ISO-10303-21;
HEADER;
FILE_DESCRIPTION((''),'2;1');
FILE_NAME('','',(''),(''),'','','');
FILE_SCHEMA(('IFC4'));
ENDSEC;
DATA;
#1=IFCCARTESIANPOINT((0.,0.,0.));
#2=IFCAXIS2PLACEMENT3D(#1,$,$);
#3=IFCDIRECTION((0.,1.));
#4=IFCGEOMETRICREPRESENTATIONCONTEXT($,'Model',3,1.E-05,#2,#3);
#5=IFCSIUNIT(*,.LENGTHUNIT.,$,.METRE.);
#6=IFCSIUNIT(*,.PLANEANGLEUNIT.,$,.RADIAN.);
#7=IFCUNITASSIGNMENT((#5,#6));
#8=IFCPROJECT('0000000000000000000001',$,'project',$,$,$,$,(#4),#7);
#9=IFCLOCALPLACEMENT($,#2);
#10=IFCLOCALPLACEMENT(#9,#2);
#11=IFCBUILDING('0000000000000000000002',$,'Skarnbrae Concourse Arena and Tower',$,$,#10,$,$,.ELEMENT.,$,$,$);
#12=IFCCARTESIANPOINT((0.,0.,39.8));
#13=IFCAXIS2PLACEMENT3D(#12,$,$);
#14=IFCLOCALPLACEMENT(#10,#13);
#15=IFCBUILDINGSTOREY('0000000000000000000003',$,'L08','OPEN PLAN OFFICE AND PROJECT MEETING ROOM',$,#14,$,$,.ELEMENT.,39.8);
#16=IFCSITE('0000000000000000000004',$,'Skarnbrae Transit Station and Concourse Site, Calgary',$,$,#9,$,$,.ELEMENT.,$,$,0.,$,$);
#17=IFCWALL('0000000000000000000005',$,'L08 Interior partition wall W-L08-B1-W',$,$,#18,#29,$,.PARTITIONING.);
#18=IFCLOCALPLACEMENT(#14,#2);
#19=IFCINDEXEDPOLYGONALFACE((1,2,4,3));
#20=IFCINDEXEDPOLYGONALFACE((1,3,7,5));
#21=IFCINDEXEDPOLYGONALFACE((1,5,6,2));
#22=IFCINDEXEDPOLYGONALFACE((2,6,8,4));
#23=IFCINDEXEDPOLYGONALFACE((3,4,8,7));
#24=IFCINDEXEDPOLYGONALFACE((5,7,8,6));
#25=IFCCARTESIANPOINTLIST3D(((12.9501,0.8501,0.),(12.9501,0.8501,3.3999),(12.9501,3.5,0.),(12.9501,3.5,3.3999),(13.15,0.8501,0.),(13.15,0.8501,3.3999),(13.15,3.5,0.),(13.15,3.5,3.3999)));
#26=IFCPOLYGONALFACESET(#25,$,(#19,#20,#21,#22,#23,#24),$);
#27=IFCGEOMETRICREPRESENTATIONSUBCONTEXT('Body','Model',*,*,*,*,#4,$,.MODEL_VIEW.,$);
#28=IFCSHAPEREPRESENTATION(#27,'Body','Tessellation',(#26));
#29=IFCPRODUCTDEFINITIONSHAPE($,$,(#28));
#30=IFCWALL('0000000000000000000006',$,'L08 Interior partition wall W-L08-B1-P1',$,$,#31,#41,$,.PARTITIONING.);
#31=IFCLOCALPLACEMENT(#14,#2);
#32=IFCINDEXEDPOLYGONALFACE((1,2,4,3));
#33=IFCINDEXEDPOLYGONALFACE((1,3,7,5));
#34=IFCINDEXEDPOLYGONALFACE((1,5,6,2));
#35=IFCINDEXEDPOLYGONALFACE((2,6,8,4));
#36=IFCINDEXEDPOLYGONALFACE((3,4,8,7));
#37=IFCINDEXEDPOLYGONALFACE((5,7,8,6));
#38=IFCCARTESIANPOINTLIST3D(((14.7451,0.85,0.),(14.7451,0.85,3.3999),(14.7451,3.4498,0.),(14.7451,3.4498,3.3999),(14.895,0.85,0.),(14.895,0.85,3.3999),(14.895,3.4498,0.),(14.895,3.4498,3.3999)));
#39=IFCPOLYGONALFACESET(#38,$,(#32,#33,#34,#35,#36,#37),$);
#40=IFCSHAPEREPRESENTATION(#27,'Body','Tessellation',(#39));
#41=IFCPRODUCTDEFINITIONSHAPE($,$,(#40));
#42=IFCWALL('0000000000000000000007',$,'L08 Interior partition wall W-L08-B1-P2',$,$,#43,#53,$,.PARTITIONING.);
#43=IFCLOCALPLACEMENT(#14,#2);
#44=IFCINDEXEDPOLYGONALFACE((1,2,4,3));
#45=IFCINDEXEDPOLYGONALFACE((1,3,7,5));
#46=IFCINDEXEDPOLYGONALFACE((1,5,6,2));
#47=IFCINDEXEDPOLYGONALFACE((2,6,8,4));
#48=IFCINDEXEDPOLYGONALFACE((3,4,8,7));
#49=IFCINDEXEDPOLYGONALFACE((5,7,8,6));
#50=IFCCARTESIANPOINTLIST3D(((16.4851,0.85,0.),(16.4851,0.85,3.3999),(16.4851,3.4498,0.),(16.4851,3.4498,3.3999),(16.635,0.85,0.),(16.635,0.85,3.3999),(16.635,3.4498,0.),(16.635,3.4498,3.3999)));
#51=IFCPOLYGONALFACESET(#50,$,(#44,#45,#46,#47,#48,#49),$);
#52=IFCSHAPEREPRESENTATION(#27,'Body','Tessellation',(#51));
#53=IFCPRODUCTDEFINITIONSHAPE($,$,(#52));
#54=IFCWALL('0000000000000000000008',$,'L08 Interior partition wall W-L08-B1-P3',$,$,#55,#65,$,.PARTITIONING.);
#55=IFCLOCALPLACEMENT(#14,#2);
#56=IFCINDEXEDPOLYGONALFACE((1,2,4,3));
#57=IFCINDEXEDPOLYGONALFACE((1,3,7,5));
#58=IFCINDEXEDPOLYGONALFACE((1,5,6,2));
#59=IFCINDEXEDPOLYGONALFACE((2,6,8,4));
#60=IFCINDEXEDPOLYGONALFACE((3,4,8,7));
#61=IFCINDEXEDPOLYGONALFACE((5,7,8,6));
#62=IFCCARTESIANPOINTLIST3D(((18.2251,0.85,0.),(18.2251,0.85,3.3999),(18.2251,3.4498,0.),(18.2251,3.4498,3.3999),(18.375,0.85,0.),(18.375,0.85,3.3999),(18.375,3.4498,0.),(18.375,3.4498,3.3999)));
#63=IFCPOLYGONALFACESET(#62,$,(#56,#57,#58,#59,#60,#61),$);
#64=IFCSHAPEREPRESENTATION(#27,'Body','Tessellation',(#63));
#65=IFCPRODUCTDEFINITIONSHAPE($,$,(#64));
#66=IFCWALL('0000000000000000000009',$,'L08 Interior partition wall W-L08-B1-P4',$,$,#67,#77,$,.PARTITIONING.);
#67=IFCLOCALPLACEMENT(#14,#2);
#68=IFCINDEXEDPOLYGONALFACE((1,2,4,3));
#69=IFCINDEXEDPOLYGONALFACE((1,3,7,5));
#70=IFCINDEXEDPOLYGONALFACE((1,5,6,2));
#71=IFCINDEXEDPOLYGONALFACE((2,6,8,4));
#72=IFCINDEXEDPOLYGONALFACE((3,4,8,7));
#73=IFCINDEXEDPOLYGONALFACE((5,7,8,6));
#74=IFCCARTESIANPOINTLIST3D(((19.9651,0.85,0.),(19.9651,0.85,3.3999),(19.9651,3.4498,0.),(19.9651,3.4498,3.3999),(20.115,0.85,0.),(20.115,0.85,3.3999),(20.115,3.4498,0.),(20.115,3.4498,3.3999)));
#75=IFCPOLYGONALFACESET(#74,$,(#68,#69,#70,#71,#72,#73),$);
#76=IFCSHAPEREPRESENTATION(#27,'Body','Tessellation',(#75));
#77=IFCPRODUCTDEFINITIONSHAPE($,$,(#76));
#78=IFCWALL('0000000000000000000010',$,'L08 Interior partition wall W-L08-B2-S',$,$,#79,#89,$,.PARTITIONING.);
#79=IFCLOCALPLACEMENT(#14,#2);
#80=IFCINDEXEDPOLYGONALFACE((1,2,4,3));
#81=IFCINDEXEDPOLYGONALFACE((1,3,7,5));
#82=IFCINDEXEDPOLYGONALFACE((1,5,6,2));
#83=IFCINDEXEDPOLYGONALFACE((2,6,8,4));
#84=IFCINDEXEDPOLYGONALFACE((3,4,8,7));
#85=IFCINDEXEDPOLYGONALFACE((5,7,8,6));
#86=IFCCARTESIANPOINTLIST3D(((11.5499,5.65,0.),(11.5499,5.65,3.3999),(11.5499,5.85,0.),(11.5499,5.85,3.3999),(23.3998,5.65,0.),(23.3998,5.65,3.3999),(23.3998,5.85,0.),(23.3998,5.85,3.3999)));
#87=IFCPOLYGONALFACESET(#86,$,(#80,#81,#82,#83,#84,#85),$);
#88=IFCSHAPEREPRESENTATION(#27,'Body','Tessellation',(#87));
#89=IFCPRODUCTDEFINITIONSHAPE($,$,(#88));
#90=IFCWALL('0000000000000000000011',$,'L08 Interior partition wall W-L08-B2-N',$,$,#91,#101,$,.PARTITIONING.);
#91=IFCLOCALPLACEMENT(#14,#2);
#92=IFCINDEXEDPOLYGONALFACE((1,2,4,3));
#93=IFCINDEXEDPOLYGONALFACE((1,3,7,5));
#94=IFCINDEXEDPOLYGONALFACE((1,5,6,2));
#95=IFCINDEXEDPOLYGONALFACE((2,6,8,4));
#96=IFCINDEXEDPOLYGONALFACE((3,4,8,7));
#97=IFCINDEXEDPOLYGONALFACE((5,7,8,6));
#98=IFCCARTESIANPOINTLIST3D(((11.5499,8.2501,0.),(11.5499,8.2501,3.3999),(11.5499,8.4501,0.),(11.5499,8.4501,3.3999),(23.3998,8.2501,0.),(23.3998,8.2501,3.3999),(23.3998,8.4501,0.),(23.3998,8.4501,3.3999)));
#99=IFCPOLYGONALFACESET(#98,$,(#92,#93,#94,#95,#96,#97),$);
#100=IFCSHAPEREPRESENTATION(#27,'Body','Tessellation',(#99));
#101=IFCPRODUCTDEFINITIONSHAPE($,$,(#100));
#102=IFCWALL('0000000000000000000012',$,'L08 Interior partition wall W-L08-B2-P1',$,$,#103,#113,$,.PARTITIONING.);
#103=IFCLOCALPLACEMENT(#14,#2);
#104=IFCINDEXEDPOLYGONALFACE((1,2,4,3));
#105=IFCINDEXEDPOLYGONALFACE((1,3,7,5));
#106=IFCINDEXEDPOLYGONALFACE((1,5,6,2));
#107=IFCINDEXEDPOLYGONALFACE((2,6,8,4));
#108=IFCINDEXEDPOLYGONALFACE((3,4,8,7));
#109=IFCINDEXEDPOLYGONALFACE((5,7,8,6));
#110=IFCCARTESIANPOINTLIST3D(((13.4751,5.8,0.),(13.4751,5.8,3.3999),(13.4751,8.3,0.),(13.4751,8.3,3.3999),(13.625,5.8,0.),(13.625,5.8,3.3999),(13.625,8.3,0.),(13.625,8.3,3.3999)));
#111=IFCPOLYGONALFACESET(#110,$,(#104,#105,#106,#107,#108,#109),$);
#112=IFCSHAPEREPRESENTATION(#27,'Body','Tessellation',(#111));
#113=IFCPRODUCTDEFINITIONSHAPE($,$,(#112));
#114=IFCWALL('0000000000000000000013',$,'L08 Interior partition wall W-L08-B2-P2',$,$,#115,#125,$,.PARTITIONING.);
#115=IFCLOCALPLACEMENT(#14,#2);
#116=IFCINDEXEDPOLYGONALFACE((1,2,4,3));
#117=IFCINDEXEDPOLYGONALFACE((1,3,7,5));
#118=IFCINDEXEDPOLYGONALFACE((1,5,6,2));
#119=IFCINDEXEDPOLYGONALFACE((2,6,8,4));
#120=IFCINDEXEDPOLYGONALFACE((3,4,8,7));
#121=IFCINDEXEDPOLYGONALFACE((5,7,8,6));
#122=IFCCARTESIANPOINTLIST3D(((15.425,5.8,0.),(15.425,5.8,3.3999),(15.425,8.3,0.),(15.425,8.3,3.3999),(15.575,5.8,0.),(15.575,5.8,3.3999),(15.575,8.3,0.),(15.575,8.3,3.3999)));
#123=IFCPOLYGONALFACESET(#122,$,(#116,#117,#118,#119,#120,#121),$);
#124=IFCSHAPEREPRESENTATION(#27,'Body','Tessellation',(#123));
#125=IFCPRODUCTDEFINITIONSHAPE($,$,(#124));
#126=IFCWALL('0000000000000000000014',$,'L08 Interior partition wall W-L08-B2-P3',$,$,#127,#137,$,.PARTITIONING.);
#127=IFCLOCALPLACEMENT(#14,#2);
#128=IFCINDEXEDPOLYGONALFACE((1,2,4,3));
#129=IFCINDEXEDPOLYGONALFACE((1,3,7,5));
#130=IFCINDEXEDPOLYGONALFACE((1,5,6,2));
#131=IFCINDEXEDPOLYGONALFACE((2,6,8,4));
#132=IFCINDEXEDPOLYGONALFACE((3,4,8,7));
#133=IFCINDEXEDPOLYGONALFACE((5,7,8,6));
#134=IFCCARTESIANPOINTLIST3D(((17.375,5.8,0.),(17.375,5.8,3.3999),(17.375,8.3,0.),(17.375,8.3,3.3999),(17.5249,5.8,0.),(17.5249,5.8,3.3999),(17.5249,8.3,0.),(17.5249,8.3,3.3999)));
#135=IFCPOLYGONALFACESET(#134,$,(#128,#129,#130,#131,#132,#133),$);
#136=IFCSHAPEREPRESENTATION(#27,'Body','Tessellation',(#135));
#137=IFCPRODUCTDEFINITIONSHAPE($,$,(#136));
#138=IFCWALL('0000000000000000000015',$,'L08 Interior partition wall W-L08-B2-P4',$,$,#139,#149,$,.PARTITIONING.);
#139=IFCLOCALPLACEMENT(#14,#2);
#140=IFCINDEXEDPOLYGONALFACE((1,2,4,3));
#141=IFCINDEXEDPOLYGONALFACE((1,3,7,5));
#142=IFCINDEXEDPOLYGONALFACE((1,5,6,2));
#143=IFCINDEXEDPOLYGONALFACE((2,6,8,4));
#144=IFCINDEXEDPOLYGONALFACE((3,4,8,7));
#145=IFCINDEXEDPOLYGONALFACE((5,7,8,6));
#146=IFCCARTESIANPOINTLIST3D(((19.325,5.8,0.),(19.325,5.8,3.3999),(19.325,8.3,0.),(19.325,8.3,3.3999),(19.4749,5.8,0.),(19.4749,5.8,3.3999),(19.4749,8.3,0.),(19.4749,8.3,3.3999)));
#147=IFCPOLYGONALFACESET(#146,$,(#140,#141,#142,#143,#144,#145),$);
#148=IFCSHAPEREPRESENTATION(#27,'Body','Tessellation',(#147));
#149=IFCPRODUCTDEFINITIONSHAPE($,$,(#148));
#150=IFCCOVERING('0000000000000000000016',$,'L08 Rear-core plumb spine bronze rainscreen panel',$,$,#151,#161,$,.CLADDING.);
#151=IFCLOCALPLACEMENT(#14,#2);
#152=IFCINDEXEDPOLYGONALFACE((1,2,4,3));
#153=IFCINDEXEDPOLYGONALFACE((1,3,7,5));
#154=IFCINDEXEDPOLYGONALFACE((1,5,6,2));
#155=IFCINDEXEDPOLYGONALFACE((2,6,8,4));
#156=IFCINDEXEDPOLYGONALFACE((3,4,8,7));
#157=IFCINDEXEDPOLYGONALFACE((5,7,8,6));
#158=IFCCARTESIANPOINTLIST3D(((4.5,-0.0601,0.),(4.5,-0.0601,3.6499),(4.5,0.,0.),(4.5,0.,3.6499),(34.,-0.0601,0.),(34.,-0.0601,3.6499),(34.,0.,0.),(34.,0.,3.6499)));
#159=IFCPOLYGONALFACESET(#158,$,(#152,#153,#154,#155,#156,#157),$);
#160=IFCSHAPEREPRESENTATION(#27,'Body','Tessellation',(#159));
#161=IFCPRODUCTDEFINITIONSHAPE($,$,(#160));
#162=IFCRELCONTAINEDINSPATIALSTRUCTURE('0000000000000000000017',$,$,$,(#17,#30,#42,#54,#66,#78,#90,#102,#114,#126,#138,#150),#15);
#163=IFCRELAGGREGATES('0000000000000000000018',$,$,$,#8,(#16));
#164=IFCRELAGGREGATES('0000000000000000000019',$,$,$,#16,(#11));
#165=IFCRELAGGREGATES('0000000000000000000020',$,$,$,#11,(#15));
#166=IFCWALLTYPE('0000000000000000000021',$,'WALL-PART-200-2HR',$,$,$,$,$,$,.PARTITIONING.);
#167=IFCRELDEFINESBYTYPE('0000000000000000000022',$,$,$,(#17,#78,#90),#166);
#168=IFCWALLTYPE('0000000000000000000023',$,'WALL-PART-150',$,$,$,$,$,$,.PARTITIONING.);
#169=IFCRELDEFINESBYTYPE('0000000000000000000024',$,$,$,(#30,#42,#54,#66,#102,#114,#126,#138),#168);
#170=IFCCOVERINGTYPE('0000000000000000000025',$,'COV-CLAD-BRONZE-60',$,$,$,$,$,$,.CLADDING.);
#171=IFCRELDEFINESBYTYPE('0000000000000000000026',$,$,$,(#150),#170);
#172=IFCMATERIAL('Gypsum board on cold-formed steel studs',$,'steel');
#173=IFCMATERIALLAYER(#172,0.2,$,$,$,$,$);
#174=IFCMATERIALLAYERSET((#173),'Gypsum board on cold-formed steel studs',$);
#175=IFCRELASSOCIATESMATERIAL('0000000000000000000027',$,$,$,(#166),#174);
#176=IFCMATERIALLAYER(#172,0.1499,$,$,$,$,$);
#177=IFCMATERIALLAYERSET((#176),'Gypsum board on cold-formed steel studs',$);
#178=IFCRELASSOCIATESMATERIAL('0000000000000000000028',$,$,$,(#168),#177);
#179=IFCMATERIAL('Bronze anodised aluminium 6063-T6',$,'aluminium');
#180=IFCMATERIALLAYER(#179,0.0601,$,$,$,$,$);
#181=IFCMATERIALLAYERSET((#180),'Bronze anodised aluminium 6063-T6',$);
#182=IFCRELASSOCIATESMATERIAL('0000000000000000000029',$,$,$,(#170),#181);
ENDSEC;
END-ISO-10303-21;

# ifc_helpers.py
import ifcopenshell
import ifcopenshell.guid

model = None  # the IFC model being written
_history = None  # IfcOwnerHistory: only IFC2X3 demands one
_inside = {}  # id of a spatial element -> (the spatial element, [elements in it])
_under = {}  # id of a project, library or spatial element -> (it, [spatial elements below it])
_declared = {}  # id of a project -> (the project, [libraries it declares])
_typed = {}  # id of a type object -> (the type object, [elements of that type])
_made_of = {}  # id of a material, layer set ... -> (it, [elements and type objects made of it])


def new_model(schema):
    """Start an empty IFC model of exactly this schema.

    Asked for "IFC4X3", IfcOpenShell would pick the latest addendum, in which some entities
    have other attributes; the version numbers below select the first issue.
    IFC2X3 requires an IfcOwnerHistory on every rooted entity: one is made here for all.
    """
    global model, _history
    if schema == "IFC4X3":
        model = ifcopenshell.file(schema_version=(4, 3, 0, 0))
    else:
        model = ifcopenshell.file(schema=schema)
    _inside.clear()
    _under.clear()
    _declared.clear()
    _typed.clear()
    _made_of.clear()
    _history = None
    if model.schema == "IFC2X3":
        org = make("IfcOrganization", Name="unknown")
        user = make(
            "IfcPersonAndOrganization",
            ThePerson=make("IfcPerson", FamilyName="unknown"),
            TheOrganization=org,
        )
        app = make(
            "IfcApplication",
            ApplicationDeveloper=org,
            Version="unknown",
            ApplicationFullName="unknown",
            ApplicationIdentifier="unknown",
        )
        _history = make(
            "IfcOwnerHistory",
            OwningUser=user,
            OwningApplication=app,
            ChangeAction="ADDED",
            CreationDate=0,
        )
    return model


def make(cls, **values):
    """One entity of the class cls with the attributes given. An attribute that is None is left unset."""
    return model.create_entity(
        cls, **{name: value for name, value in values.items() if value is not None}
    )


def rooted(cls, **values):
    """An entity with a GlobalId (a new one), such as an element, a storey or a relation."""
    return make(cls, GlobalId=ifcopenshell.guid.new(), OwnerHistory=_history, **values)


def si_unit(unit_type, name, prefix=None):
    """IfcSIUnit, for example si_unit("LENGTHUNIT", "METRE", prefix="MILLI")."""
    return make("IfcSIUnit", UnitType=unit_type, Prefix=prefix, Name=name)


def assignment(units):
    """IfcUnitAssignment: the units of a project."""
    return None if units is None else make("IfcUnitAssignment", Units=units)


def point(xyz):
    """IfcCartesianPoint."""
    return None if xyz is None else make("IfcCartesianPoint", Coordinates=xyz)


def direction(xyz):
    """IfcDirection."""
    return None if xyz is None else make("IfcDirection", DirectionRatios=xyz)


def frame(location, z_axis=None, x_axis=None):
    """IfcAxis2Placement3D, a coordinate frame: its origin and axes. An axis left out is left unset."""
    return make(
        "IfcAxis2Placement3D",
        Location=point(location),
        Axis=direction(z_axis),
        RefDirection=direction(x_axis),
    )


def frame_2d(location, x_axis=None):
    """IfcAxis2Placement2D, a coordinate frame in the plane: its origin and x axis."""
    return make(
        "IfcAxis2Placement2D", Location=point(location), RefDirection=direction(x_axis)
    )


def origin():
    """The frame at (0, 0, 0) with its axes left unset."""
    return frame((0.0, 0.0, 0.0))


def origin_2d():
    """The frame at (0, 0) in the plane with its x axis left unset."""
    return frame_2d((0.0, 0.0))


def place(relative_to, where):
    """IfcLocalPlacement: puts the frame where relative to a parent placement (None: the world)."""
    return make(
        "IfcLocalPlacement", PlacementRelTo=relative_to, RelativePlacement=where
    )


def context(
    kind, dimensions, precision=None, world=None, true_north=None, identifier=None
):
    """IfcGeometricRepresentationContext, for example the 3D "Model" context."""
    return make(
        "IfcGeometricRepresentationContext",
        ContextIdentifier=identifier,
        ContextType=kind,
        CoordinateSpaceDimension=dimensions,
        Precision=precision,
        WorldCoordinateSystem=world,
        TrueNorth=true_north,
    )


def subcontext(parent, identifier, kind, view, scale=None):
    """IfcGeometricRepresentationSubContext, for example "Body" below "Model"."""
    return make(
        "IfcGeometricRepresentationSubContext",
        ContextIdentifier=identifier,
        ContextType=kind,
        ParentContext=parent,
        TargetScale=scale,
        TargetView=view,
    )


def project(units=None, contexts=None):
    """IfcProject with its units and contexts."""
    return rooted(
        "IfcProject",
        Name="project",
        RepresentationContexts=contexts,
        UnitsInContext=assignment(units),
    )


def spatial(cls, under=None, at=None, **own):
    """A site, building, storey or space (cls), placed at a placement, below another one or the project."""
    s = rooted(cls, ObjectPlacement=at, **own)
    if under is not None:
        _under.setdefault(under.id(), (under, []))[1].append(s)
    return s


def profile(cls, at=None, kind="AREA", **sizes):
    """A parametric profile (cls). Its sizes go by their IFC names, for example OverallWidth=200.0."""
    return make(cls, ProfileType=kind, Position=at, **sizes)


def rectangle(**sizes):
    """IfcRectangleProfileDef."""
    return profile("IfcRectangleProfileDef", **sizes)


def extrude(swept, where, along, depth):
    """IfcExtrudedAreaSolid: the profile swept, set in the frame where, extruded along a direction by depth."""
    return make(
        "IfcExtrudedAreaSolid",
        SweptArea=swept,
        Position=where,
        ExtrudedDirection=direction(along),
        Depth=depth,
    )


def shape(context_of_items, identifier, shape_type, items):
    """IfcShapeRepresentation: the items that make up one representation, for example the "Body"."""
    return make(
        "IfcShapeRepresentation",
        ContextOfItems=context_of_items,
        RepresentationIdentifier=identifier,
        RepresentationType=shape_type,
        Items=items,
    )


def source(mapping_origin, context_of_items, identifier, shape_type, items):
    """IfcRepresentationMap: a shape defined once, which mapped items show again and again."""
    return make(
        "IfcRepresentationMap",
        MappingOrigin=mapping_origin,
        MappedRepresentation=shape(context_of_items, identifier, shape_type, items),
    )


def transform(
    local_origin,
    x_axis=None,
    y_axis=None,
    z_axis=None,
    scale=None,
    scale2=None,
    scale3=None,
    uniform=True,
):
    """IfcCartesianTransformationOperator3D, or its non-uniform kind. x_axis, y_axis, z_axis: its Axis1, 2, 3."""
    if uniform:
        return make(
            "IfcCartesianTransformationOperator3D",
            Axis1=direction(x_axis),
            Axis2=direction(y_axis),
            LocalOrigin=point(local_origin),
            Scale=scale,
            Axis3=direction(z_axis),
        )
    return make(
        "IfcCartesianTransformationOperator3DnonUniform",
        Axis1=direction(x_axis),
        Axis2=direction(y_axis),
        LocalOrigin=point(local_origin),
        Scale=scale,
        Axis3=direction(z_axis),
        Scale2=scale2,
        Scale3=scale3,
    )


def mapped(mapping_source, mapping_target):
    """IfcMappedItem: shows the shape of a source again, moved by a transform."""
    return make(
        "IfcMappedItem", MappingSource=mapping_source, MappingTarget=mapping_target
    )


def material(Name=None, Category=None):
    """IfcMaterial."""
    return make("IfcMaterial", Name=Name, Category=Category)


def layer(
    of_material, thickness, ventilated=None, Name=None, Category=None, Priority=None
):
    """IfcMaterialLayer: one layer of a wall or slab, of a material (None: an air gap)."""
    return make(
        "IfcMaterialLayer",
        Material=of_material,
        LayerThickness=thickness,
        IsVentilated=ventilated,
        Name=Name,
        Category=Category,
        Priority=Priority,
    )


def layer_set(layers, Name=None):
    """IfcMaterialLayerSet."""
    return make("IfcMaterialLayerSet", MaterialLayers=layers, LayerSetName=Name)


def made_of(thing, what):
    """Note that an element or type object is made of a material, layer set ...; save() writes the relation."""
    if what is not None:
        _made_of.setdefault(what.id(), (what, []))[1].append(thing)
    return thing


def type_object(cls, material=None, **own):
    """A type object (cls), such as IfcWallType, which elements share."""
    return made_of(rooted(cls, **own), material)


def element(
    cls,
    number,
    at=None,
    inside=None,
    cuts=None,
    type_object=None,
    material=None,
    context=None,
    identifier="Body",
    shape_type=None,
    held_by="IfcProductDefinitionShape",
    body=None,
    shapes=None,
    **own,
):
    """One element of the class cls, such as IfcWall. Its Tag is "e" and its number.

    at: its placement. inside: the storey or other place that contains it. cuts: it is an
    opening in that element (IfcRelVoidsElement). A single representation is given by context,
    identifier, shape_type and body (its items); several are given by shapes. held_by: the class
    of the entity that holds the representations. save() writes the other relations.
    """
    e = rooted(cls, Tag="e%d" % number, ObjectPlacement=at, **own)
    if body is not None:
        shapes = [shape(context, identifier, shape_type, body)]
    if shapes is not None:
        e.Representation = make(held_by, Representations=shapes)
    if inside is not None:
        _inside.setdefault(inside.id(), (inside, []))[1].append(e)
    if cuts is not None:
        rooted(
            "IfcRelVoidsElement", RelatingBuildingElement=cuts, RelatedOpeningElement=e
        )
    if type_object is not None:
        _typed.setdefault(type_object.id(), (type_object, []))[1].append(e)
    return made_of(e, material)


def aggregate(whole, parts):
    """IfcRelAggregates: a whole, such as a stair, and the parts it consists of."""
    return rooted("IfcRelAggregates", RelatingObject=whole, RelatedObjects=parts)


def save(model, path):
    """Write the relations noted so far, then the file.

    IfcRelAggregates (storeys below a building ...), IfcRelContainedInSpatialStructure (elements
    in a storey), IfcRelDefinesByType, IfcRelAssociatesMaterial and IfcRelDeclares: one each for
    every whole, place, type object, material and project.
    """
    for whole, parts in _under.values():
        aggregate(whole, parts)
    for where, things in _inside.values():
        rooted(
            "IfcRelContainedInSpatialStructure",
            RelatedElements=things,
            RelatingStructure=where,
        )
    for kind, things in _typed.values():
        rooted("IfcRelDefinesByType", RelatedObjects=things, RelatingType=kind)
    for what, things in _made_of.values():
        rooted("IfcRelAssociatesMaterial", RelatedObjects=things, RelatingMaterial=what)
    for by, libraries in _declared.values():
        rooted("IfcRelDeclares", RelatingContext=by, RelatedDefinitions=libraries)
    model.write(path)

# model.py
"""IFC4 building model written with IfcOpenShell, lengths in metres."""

from ifc_helpers import new_model, si_unit, direction, frame, frame_2d, origin, origin_2d, place, context, subcontext, project, spatial, rectangle, extrude, source, transform, mapped, material, layer, layer_set, type_object, element, save


model = new_model("IFC4")

# Units and contexts
model_context = context("Model", 3, precision=1e-05, world=origin(), true_north=direction((0.0, 1.0)))
body_context = subcontext(model_context, "Body", "Model", "MODEL_VIEW")
ifc_project = project(units=[si_unit("LENGTHUNIT", "METRE"), si_unit("PLANEANGLEUNIT", "RADIAN")], contexts=[model_context])

# Site, building, storey
site_placement = place(None, origin())
site = spatial("IfcSite", under=ifc_project, at=site_placement, Name="Skarnbrae Transit Station and Concourse Site, Calgary", CompositionType="ELEMENT", RefElevation=0.0)
building_placement = place(site_placement, origin())
building = spatial("IfcBuilding", under=site, at=building_placement, Name="Skarnbrae Concourse Arena and Tower", CompositionType="ELEMENT")
storey_placement = place(building_placement, frame((0.0, 0.0, 39.8)))
storey = spatial("IfcBuildingStorey", under=building, at=storey_placement, Name="L08", Description="OPEN PLAN OFFICE AND PROJECT MEETING ROOM", CompositionType="ELEMENT", Elevation=39.8)

# Wall
ifc_material_1 = material(Name="Gypsum board on cold-formed steel studs", Category="steel")
ifc_layer_1 = layer(ifc_material_1, 0.2)
ifc_layer_set_1 = layer_set([ifc_layer_1], Name="Gypsum board on cold-formed steel studs")
wall_type_1 = type_object("IfcWallType", Name="WALL-PART-200-2HR", PredefinedType="PARTITIONING", material=ifc_layer_set_1)
shared_shape_1 = source(origin(), body_context, "Body", "SweptSolid", [
    extrude(rectangle(XDim=2.6499, YDim=0.2, at=frame_2d((1.325, 0.0))), origin(), (0.0, 0.0, 1.0), 3.3999),
])
wall_1_placement = place(storey_placement, frame((13.05, 0.8501, 0.0), z_axis=(0.0, 0.0, 1.0), x_axis=(0.0, 1.0, 0.0)))
element("IfcWall", 1, at=wall_1_placement, inside=storey, type_object=wall_type_1, Name="L08 Interior partition wall W-L08-B1-W", PredefinedType="PARTITIONING", context=body_context, shape_type="MappedRepresentation", body=[
    mapped(shared_shape_1, transform((0.0, 0.0, 0.0))),
])

# Shared definitions
ifc_material_2 = material(Name="Bronze anodised aluminium 6063-T6", Category="aluminium")

# Walls
ifc_layer_2 = layer(ifc_material_1, 0.1499)
ifc_layer_set_2 = layer_set([ifc_layer_2], Name="Gypsum board on cold-formed steel studs")
wall_type_2 = type_object("IfcWallType", Name="WALL-PART-150", PredefinedType="PARTITIONING", material=ifc_layer_set_2)
shared_shape_2 = source(origin(), body_context, "Body", "SweptSolid", [
    extrude(rectangle(XDim=2.5999, YDim=0.1499, at=frame_2d((1.2998, 0.0))), origin(), (0.0, 0.0, 1.0), 3.3999),
])
for number, where, z_axis, x_axis, name in (
    (2, (14.8201, 0.8501, 0.0), (0.0, 0.0, 1.0), (0.0, 1.0, 0.0), "L08 Interior partition wall W-L08-B1-P1"),
    (3, (16.5601, 0.8501, 0.0), (0.0, 0.0, 1.0), (0.0, 1.0, 0.0), "L08 Interior partition wall W-L08-B1-P2"),
    (4, (18.3, 0.8501, 0.0), (0.0, 0.0, 1.0), (0.0, 1.0, 0.0), "L08 Interior partition wall W-L08-B1-P3"),
    (5, (20.04, 0.8501, 0.0), (0.0, 0.0, 1.0), (0.0, 1.0, 0.0), "L08 Interior partition wall W-L08-B1-P4"),
):
    element("IfcWall", number, at=place(storey_placement, frame(where, z_axis=z_axis, x_axis=x_axis)), inside=storey, type_object=wall_type_2, Name=name, PredefinedType="PARTITIONING", context=body_context, shape_type="MappedRepresentation", body=[
        mapped(shared_shape_2, transform((0.0, 0.0, 0.0))),
    ])
shared_shape_3 = source(origin(), body_context, "Body", "SweptSolid", [
    extrude(rectangle(XDim=11.8499, YDim=0.2, at=frame_2d((5.9248, 0.0))), origin(), (0.0, 0.0, 1.0), 3.3999),
])
for number, where, z_axis, x_axis, name in (
    (6, (11.55, 5.75, 0.0), (0.0, 0.0, 1.0), (1.0, 0.0, 0.0), "L08 Interior partition wall W-L08-B2-S"),
    (7, (11.55, 8.3501, 0.0), (0.0, 0.0, 1.0), (1.0, 0.0, 0.0), "L08 Interior partition wall W-L08-B2-N"),
):
    element("IfcWall", number, at=place(storey_placement, frame(where, z_axis=z_axis, x_axis=x_axis)), inside=storey, type_object=wall_type_1, Name=name, PredefinedType="PARTITIONING", context=body_context, shape_type="MappedRepresentation", body=[
        mapped(shared_shape_3, transform((0.0, 0.0, 0.0))),
    ])
shared_shape_4 = source(origin(), body_context, "Body", "SweptSolid", [
    extrude(rectangle(XDim=2.5, YDim=0.1499, at=frame_2d((1.25, 0.0))), origin(), (0.0, 0.0, 1.0), 3.3999),
])
for number, where, z_axis, x_axis, name in (
    (8, (13.55, 5.8, 0.0), (0.0, 0.0, 1.0), (0.0, 1.0, 0.0), "L08 Interior partition wall W-L08-B2-P1"),
    (9, (15.5, 5.8, 0.0), (0.0, 0.0, 1.0), (0.0, 1.0, 0.0), "L08 Interior partition wall W-L08-B2-P2"),
    (10, (17.45, 5.8, 0.0), (0.0, 0.0, 1.0), (0.0, 1.0, 0.0), "L08 Interior partition wall W-L08-B2-P3"),
    (11, (19.3999, 5.8, 0.0), (0.0, 0.0, 1.0), (0.0, 1.0, 0.0), "L08 Interior partition wall W-L08-B2-P4"),
):
    element("IfcWall", number, at=place(storey_placement, frame(where, z_axis=z_axis, x_axis=x_axis)), inside=storey, type_object=wall_type_2, Name=name, PredefinedType="PARTITIONING", context=body_context, shape_type="MappedRepresentation", body=[
        mapped(shared_shape_4, transform((0.0, 0.0, 0.0))),
    ])

# Covering
ifc_layer_3 = layer(ifc_material_2, 0.0601)
ifc_layer_set_3 = layer_set([ifc_layer_3], Name="Bronze anodised aluminium 6063-T6")
covering_type = type_object("IfcCoveringType", Name="COV-CLAD-BRONZE-60", PredefinedType="CLADDING", material=ifc_layer_set_3)
shared_shape_5 = source(origin(), body_context, "Body", "SweptSolid", [
    extrude(rectangle(XDim=29.5, YDim=0.0601, at=origin_2d()), origin(), (0.0, 0.0, 1.0), 3.6499),
])
covering_placement = place(storey_placement, frame((19.25, -0.03, 0.0), z_axis=(0.0, 0.0, 1.0), x_axis=(1.0, 0.0, 0.0)))
element("IfcCovering", 12, at=covering_placement, inside=storey, type_object=covering_type, Name="L08 Rear-core plumb spine bronze rainscreen panel", PredefinedType="CLADDING", context=body_context, shape_type="MappedRepresentation", body=[
    mapped(shared_shape_5, transform((0.0, 0.0, 0.0))),
])

save(model, "model.ifc")
